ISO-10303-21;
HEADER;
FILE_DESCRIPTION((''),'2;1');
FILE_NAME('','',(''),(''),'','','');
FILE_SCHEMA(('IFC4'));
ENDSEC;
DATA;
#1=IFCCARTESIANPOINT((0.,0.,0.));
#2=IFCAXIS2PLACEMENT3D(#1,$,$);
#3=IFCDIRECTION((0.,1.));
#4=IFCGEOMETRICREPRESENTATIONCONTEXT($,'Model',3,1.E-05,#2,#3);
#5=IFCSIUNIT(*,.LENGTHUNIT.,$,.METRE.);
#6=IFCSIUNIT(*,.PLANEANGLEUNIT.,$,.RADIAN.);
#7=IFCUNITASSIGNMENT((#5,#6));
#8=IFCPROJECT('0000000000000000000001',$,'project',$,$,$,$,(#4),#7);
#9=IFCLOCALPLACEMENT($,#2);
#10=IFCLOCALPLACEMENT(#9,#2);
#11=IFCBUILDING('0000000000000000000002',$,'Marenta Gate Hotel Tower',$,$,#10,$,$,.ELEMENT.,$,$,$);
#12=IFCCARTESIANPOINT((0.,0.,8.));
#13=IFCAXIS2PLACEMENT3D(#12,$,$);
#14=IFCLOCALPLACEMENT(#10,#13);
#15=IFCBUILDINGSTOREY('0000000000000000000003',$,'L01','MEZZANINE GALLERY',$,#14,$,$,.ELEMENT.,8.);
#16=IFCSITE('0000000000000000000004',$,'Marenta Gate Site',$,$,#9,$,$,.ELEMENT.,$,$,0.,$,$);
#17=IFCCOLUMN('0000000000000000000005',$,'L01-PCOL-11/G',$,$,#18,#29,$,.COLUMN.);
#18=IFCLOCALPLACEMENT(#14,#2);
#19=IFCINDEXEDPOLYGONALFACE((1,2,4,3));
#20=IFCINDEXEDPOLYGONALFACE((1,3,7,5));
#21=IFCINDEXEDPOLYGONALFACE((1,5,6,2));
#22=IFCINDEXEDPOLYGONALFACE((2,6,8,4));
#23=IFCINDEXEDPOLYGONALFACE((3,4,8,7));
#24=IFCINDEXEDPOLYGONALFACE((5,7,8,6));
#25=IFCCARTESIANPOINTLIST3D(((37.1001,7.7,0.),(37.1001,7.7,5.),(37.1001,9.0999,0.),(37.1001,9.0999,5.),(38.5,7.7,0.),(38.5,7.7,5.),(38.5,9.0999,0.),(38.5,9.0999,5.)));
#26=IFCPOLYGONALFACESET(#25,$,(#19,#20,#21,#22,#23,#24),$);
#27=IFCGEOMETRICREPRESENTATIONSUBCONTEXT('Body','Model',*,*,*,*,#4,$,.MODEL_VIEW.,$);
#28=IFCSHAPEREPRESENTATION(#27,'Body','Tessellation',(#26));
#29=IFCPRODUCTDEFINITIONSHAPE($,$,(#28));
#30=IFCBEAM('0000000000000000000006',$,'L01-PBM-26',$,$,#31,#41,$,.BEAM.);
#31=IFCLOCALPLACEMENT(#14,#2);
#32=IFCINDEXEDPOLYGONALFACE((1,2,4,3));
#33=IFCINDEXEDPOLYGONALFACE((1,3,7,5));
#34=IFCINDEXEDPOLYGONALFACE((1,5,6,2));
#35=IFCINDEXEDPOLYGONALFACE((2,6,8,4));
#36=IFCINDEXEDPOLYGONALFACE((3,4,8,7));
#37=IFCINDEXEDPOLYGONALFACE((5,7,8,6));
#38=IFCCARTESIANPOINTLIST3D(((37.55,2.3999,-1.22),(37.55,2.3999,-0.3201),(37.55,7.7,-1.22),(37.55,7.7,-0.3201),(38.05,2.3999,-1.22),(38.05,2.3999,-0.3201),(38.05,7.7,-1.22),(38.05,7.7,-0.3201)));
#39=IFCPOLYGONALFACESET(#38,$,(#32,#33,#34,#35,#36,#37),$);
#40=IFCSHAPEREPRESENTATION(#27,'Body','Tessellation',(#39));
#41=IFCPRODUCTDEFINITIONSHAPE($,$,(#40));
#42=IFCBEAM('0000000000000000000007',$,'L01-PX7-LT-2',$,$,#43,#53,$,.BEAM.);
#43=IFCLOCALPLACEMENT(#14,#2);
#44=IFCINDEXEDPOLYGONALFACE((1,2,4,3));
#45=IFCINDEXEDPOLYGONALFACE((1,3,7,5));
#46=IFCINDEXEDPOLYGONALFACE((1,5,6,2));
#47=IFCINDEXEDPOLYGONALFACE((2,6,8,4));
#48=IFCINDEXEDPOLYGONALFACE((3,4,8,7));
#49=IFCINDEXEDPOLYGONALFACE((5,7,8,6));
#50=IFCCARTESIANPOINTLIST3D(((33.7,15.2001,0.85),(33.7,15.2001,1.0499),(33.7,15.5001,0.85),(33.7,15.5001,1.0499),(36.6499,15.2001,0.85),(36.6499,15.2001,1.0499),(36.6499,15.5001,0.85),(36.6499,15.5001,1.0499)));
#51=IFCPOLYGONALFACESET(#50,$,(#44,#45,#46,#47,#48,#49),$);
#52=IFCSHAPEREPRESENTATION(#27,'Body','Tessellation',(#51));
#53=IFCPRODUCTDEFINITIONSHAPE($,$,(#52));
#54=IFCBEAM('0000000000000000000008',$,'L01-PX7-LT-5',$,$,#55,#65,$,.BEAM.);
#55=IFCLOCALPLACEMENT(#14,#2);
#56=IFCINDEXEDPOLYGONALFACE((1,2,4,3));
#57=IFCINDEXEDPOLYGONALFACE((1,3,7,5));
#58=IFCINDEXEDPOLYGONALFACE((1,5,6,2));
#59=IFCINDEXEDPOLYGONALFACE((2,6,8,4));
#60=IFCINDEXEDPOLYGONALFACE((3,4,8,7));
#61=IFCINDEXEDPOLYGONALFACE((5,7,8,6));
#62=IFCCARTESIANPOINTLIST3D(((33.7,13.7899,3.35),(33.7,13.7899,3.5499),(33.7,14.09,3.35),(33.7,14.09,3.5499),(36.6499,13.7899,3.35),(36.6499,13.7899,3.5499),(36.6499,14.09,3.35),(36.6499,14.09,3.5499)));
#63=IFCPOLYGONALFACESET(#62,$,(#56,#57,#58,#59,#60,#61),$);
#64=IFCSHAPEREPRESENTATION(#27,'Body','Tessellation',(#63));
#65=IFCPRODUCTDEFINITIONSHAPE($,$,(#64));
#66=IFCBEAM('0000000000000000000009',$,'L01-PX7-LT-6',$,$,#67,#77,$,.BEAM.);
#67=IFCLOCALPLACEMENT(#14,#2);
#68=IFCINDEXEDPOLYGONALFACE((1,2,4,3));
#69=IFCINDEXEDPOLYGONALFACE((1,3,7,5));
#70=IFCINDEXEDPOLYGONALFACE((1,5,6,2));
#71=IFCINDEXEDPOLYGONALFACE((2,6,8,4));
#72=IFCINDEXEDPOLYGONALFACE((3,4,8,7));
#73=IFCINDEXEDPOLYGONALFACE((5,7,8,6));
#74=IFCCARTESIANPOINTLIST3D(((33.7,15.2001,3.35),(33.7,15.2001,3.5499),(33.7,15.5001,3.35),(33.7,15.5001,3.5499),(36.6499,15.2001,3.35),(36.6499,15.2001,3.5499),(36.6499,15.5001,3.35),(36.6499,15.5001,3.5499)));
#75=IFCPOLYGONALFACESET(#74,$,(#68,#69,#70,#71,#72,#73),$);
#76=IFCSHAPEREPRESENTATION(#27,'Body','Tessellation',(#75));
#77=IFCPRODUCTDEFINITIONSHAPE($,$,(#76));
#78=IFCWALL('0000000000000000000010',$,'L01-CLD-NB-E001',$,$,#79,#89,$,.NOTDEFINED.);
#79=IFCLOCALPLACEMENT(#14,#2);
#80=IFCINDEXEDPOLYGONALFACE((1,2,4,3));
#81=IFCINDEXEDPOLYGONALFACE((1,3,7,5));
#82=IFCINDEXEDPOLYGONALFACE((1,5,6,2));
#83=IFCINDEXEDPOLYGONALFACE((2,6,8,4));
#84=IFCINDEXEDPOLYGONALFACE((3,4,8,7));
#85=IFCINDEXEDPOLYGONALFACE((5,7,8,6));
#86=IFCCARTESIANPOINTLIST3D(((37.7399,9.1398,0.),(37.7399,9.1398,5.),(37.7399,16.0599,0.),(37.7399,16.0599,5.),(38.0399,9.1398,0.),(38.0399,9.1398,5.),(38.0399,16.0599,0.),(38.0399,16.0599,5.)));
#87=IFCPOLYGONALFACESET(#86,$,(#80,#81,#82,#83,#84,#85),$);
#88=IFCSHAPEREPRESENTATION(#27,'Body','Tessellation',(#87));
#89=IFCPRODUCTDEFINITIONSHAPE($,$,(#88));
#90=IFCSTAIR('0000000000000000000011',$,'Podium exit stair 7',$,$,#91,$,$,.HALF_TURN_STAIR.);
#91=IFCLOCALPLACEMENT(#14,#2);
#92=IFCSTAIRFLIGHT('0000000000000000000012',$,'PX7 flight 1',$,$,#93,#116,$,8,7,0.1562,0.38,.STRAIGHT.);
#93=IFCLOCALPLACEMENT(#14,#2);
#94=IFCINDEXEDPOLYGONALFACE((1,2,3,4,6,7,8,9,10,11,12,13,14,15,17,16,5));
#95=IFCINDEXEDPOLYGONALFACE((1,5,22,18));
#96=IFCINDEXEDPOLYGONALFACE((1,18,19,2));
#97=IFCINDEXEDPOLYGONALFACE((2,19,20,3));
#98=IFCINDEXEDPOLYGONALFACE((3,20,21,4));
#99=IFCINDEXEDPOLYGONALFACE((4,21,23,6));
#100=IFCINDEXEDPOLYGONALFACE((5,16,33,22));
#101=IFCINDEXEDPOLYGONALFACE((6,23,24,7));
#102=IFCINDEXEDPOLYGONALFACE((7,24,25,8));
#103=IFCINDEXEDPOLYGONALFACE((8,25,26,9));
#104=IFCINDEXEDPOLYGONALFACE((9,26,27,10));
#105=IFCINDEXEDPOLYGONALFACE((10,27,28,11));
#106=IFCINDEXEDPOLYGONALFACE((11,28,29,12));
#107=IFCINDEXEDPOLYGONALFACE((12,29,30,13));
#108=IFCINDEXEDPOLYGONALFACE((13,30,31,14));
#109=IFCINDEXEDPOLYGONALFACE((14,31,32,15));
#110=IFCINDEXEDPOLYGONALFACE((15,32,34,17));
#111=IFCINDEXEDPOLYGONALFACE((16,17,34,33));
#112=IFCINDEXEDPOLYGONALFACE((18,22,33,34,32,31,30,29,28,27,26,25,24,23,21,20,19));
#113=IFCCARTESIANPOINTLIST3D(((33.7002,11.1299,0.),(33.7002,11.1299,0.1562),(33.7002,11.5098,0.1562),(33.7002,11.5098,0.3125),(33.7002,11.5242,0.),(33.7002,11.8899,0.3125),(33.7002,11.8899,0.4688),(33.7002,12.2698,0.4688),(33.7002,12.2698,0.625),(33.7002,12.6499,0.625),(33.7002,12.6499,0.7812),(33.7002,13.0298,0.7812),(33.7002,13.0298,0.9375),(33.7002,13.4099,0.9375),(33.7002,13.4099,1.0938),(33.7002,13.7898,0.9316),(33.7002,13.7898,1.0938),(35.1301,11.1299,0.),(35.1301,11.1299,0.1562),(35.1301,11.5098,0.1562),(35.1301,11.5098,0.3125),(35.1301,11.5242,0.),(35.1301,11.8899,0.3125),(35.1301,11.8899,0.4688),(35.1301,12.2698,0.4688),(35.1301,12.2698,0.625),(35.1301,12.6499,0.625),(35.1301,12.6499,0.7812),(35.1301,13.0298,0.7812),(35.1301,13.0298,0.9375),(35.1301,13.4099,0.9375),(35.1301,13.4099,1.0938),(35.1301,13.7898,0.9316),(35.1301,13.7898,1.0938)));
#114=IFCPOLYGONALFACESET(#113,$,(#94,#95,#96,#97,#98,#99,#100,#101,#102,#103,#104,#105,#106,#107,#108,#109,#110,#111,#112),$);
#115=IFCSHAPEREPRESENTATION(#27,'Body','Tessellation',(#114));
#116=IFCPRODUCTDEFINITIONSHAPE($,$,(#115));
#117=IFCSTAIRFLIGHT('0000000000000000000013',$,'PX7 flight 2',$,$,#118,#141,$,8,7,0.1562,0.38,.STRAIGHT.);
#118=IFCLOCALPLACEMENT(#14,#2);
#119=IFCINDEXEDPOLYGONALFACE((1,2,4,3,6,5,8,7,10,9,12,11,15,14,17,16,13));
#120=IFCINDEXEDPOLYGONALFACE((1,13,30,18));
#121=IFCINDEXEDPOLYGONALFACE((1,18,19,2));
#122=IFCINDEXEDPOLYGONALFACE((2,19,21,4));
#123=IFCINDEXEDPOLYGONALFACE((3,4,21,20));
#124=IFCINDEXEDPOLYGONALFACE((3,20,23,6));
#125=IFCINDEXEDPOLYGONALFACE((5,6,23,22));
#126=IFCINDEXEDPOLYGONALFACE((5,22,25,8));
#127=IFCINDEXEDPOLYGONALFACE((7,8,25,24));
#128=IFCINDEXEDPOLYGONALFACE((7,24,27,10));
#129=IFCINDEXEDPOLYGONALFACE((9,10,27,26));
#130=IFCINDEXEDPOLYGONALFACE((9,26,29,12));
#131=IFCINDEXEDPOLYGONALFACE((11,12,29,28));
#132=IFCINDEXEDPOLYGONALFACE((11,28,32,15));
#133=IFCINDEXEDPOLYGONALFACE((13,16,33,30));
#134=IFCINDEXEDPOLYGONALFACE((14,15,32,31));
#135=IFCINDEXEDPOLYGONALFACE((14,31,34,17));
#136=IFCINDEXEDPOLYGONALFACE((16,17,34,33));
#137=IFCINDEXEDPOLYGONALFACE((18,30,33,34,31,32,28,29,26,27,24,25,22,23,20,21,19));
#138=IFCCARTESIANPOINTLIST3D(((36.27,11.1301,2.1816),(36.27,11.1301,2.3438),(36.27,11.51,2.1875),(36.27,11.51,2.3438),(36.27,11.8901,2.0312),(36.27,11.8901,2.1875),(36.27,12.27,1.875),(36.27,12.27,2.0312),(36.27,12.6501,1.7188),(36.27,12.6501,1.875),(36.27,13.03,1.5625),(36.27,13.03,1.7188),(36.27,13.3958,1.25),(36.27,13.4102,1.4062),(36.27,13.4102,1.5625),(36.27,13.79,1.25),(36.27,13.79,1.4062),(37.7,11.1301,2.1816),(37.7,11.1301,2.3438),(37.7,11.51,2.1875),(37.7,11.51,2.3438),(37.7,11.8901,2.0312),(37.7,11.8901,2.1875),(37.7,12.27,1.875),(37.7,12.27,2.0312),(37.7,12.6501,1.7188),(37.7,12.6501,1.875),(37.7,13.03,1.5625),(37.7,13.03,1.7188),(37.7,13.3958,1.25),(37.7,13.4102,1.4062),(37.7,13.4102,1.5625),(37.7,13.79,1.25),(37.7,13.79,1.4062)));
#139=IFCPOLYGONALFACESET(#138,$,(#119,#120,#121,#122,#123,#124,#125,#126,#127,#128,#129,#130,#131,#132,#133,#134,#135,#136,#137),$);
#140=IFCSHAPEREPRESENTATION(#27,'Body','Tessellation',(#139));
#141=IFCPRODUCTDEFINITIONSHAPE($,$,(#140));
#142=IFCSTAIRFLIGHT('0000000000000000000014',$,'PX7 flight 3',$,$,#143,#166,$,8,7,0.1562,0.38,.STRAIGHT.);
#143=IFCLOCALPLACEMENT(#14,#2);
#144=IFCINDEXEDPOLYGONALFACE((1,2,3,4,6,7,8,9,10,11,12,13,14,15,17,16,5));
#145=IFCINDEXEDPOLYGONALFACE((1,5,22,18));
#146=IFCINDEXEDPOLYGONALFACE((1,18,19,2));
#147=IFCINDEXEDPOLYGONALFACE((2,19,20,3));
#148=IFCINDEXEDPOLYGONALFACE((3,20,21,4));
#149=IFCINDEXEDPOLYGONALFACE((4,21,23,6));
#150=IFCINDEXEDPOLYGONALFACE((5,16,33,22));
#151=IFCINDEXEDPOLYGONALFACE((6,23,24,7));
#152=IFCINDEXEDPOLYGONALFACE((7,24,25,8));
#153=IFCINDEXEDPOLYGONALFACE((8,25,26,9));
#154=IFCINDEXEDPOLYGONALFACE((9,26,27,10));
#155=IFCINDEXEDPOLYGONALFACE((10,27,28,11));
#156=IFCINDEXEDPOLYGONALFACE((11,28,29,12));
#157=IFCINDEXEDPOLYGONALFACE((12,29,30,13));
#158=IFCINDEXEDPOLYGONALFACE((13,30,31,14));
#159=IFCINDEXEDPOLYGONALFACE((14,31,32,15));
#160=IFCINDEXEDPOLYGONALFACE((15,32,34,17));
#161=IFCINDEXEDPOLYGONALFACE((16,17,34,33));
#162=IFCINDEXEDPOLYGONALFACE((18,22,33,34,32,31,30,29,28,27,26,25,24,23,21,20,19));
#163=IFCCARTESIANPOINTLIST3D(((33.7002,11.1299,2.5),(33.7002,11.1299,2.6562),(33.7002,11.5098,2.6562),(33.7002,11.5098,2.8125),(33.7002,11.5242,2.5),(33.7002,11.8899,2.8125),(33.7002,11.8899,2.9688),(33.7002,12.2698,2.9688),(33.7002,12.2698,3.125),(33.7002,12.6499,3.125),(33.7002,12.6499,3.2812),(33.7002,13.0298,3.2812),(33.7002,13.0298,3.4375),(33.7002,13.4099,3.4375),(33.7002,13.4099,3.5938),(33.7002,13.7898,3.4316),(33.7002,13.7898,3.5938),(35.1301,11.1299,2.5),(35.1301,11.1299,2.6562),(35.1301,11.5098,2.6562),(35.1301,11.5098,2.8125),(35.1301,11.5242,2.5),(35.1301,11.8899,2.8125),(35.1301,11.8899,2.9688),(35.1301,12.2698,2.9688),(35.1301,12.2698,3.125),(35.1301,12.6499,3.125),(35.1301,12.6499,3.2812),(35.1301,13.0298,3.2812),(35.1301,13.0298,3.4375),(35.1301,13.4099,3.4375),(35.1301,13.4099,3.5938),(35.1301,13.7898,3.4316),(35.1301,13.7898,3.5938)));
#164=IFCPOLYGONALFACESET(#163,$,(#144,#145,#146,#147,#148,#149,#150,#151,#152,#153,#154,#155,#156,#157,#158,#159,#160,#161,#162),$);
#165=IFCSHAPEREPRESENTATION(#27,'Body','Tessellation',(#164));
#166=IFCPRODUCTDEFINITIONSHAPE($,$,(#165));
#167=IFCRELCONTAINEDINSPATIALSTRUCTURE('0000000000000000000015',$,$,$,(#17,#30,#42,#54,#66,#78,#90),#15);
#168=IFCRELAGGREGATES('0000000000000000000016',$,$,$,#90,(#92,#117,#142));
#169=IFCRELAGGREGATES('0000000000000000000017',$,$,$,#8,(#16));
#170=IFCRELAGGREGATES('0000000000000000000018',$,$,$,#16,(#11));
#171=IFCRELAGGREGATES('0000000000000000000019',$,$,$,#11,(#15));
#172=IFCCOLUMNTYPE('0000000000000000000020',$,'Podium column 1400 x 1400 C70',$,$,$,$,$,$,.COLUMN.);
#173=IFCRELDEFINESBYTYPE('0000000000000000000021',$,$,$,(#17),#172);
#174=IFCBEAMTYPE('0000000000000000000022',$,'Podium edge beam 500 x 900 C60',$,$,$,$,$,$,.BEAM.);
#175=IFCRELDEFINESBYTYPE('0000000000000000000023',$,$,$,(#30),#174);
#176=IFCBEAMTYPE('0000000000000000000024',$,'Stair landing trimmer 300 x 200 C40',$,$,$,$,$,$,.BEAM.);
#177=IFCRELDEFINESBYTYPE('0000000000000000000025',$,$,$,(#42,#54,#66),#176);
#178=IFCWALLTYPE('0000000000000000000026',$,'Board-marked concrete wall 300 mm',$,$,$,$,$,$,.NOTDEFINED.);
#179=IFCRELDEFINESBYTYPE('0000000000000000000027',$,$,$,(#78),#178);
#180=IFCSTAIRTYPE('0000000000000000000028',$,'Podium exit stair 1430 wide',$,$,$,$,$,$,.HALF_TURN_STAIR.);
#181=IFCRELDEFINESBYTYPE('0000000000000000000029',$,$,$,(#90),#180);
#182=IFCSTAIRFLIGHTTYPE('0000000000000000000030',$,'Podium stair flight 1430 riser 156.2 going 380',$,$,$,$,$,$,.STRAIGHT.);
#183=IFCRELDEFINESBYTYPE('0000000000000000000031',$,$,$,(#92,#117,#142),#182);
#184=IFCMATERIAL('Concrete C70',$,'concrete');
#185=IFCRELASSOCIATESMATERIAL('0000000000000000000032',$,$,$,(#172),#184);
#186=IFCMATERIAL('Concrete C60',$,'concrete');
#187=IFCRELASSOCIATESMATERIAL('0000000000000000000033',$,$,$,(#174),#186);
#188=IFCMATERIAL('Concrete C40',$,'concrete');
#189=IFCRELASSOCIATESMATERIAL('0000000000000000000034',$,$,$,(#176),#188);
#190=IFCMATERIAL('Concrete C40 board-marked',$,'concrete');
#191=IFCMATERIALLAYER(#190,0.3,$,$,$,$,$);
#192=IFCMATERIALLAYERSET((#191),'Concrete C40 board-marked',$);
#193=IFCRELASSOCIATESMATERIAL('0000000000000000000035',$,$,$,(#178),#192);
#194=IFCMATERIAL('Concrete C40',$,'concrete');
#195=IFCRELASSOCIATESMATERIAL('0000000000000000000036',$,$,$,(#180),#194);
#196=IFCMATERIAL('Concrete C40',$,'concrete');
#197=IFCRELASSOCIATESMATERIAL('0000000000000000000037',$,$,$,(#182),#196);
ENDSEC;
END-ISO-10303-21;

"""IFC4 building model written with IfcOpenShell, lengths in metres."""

from ifc_helpers import new_model, si_unit, direction, frame, frame_2d, origin, origin_2d, place, context, subcontext, project, spatial, polyline, rectangle, outline, extrude, material, layer, layer_set, material_profile, profile_set, type_object, element, aggregate, save


model = new_model("IFC4")

# Units and contexts
model_context = context("Model", 3, precision=1e-05, world=origin(), true_north=direction((0.0, 1.0)))
body_context = subcontext(model_context, "Body", "Model", "MODEL_VIEW")
ifc_project = project(units=[si_unit("LENGTHUNIT", "METRE"), si_unit("PLANEANGLEUNIT", "RADIAN")], contexts=[model_context])

# Site, building, storey
site_placement = place(None, origin())
site = spatial("IfcSite", under=ifc_project, at=site_placement, Name="Marenta Gate Site", CompositionType="ELEMENT", RefElevation=0.0)
building_placement = place(site_placement, origin())
building = spatial("IfcBuilding", under=site, at=building_placement, Name="Marenta Gate Hotel Tower", CompositionType="ELEMENT")
storey_placement = place(building_placement, frame((0.0, 0.0, 8.0)))
storey = spatial("IfcBuildingStorey", under=building, at=storey_placement, Name="L01", Description="MEZZANINE GALLERY", CompositionType="ELEMENT", Elevation=8.0)

# Column
ifc_material_1 = material(Name="Concrete C70", Category="concrete")
ifc_material_profile_1 = material_profile(ifc_material_1, rectangle(XDim=1.3999, YDim=1.3999, at=origin_2d()), Name="1400 x 1400")
ifc_profile_set_1 = profile_set([ifc_material_profile_1], Name="Concrete C70")
column_type = type_object("IfcColumnType", Name="Podium column 1400 x 1400 C70", PredefinedType="COLUMN", material=ifc_profile_set_1)
column_placement = place(storey_placement, frame((37.8, 8.3999, 0.0), z_axis=(0.0, 0.0, 1.0), x_axis=(1.0, 0.0, 0.0)))
element("IfcColumn", 1, at=column_placement, inside=storey, type_object=column_type, Name="L01-PCOL-11/G", PredefinedType="COLUMN", context=body_context, shape_type="SweptSolid", body=[
    extrude(rectangle(XDim=1.3999, YDim=1.3999, at=origin_2d()), origin(), (0.0, 0.0, 1.0), 5.0),
])

# Beams
ifc_material_2 = material(Name="Concrete C60", Category="concrete")
ifc_material_profile_2 = material_profile(ifc_material_2, rectangle(XDim=0.5, YDim=0.8999, at=origin_2d()), Name="500 x 900")
ifc_profile_set_2 = profile_set([ifc_material_profile_2], Name="Concrete C60")
beam_type_1 = type_object("IfcBeamType", Name="Podium edge beam 500 x 900 C60", PredefinedType="BEAM", material=ifc_profile_set_2)
beam_placement = place(storey_placement, frame((37.8, 2.3999, -0.77), z_axis=(0.0, 1.0, 0.0), x_axis=(-1.0, 0.0, 0.0)))
element("IfcBeam", 2, at=beam_placement, inside=storey, type_object=beam_type_1, Name="L01-PBM-26", PredefinedType="BEAM", context=body_context, shape_type="SweptSolid", body=[
    extrude(rectangle(XDim=0.5, YDim=0.8999, at=origin_2d()), origin(), (0.0, 0.0, 1.0), 5.3),
])
ifc_material_3 = material(Name="Concrete C40", Category="concrete")
ifc_material_profile_3 = material_profile(ifc_material_3, rectangle(XDim=0.3, YDim=0.2, at=origin_2d()), Name="300 x 200")
ifc_profile_set_3 = profile_set([ifc_material_profile_3], Name="Concrete C40")
beam_type_2 = type_object("IfcBeamType", Name="Stair landing trimmer 300 x 200 C40", PredefinedType="BEAM", material=ifc_profile_set_3)
for number, where, z_axis, x_axis, name in (
    (3, (33.7, 15.3501, 0.95), (1.0, 0.0, 0.0), (0.0, 1.0, 0.0), "L01-PX7-LT-2"),
    (4, (33.7, 13.9399, 3.45), (1.0, 0.0, 0.0), (0.0, 1.0, 0.0), "L01-PX7-LT-5"),
    (5, (33.7, 15.3501, 3.45), (1.0, 0.0, 0.0), (0.0, 1.0, 0.0), "L01-PX7-LT-6"),
):
    element("IfcBeam", number, at=place(storey_placement, frame(where, z_axis=z_axis, x_axis=x_axis)), inside=storey, type_object=beam_type_2, Name=name, PredefinedType="BEAM", context=body_context, shape_type="SweptSolid", body=[
        extrude(rectangle(XDim=0.3, YDim=0.2, at=origin_2d()), origin(), (0.0, 0.0, 1.0), 2.95),
    ])

# Shared definitions
ifc_material_4 = material(Name="Concrete C40 board-marked", Category="concrete")
ifc_layer = layer(ifc_material_4, 0.3)
ifc_layer_set = layer_set([ifc_layer], Name="Concrete C40 board-marked")
wall_type = type_object("IfcWallType", Name="Board-marked concrete wall 300 mm", PredefinedType="NOTDEFINED", material=ifc_layer_set)

# Wall
wall_1_placement = place(storey_placement, frame((37.8899, 9.1399, 0.0), z_axis=(0.0, 0.0, 1.0), x_axis=(0.0, 1.0, 0.0)))
element("IfcWall", 6, at=wall_1_placement, inside=storey, type_object=wall_type, Name="L01-CLD-NB-E001", PredefinedType="NOTDEFINED", context=body_context, shape_type="SweptSolid", body=[
    extrude(rectangle(XDim=6.9202, YDim=0.3, at=frame_2d((3.46, 0.0))), origin(), (0.0, 0.0, 1.0), 5.0),
])

# Stair, stair flights
ifc_material_5 = material(Name="Concrete C40", Category="concrete")
stair_type = type_object("IfcStairType", Name="Podium exit stair 1430 wide", PredefinedType="HALF_TURN_STAIR", material=ifc_material_5)
stair_placement = place(storey_placement, origin())
stair = element("IfcStair", 7, at=stair_placement, inside=storey, type_object=stair_type, Name="Podium exit stair 7", PredefinedType="HALF_TURN_STAIR")
ifc_material_6 = material(Name="Concrete C40", Category="concrete")
stair_flight_type = type_object("IfcStairFlightType", Name="Podium stair flight 1430 riser 156.2 going 380", PredefinedType="STRAIGHT", material=ifc_material_6)
stair_flight_1_placement = place(storey_placement, frame((34.415, 11.1299, 0.0), z_axis=(0.0, 0.0, 1.0), x_axis=(0.0, 1.0, 0.0)))
stair_flight_1 = element("IfcStairFlight", 8, at=stair_flight_1_placement, type_object=stair_flight_type, Name="PX7 flight 1", NumberOfRisers=8, NumberOfTreads=7, PredefinedType="STRAIGHT", RiserHeight=0.1562, TreadLength=0.38, context=body_context, shape_type="SweptSolid", body=[
    extrude(outline(polyline([(0.0, 0.0), (0.0, 0.1562), (0.3799, 0.1562), (0.3799, 0.3125), (0.76, 0.3125), (0.76, 0.4688), (1.1399, 0.4688), (1.1399, 0.625), (1.52, 0.625), (1.52, 0.7812), (1.8999, 0.7812), (1.8999, 0.9375), (2.28, 0.9375), (2.28, 1.0938), (2.6599, 1.0938), (2.6599, 1.25), (2.6599, 0.9316), (0.3943, 0.0), (0.0, 0.0)])), frame((0.0, 0.7148, 0.0), z_axis=(0.0, -1.0, 0.0), x_axis=(1.0, 0.0, 0.0)), (0.0, 0.0, 1.0), 1.4299),
])
stair_flight_2_placement = place(storey_placement, frame((36.9851, 13.79, 1.25), z_axis=(0.0, 0.0, 1.0), x_axis=(0.0, -1.0, 0.0)))
stair_flight_2 = element("IfcStairFlight", 9, at=stair_flight_2_placement, type_object=stair_flight_type, Name="PX7 flight 2", NumberOfRisers=8, NumberOfTreads=7, PredefinedType="STRAIGHT", RiserHeight=0.1562, TreadLength=0.38, context=body_context, shape_type="SweptSolid", body=[
    extrude(outline(polyline([(0.0, 0.0), (0.0, 0.1562), (0.3799, 0.1562), (0.3799, 0.3125), (0.76, 0.3125), (0.76, 0.4688), (1.1399, 0.4688), (1.1399, 0.625), (1.52, 0.625), (1.52, 0.7812), (1.8999, 0.7812), (1.8999, 0.9375), (2.28, 0.9375), (2.28, 1.0938), (2.6599, 1.0938), (2.6599, 1.25), (2.6599, 0.9316), (0.3943, 0.0), (0.0, 0.0)])), frame((0.0, 0.7148, 0.0), z_axis=(0.0, -1.0, 0.0), x_axis=(1.0, 0.0, 0.0)), (0.0, 0.0, 1.0), 1.4299),
])
stair_flight_3_placement = place(storey_placement, frame((34.415, 11.1299, 2.5), z_axis=(0.0, 0.0, 1.0), x_axis=(0.0, 1.0, 0.0)))
stair_flight_3 = element("IfcStairFlight", 10, at=stair_flight_3_placement, type_object=stair_flight_type, Name="PX7 flight 3", NumberOfRisers=8, NumberOfTreads=7, PredefinedType="STRAIGHT", RiserHeight=0.1562, TreadLength=0.38, context=body_context, shape_type="SweptSolid", body=[
    extrude(outline(polyline([(0.0, 0.0), (0.0, 0.1562), (0.3799, 0.1562), (0.3799, 0.3125), (0.76, 0.3125), (0.76, 0.4688), (1.1399, 0.4688), (1.1399, 0.625), (1.52, 0.625), (1.52, 0.7812), (1.8999, 0.7812), (1.8999, 0.9375), (2.28, 0.9375), (2.28, 1.0938), (2.6599, 1.0938), (2.6599, 1.25), (2.6599, 0.9316), (0.3943, 0.0), (0.0, 0.0)])), frame((0.0, 0.7148, 0.0), z_axis=(0.0, -1.0, 0.0), x_axis=(1.0, 0.0, 0.0)), (0.0, 0.0, 1.0), 1.4299),
])
aggregate(stair, [stair_flight_1, stair_flight_2, stair_flight_3])

save(model, "model.ifc")
